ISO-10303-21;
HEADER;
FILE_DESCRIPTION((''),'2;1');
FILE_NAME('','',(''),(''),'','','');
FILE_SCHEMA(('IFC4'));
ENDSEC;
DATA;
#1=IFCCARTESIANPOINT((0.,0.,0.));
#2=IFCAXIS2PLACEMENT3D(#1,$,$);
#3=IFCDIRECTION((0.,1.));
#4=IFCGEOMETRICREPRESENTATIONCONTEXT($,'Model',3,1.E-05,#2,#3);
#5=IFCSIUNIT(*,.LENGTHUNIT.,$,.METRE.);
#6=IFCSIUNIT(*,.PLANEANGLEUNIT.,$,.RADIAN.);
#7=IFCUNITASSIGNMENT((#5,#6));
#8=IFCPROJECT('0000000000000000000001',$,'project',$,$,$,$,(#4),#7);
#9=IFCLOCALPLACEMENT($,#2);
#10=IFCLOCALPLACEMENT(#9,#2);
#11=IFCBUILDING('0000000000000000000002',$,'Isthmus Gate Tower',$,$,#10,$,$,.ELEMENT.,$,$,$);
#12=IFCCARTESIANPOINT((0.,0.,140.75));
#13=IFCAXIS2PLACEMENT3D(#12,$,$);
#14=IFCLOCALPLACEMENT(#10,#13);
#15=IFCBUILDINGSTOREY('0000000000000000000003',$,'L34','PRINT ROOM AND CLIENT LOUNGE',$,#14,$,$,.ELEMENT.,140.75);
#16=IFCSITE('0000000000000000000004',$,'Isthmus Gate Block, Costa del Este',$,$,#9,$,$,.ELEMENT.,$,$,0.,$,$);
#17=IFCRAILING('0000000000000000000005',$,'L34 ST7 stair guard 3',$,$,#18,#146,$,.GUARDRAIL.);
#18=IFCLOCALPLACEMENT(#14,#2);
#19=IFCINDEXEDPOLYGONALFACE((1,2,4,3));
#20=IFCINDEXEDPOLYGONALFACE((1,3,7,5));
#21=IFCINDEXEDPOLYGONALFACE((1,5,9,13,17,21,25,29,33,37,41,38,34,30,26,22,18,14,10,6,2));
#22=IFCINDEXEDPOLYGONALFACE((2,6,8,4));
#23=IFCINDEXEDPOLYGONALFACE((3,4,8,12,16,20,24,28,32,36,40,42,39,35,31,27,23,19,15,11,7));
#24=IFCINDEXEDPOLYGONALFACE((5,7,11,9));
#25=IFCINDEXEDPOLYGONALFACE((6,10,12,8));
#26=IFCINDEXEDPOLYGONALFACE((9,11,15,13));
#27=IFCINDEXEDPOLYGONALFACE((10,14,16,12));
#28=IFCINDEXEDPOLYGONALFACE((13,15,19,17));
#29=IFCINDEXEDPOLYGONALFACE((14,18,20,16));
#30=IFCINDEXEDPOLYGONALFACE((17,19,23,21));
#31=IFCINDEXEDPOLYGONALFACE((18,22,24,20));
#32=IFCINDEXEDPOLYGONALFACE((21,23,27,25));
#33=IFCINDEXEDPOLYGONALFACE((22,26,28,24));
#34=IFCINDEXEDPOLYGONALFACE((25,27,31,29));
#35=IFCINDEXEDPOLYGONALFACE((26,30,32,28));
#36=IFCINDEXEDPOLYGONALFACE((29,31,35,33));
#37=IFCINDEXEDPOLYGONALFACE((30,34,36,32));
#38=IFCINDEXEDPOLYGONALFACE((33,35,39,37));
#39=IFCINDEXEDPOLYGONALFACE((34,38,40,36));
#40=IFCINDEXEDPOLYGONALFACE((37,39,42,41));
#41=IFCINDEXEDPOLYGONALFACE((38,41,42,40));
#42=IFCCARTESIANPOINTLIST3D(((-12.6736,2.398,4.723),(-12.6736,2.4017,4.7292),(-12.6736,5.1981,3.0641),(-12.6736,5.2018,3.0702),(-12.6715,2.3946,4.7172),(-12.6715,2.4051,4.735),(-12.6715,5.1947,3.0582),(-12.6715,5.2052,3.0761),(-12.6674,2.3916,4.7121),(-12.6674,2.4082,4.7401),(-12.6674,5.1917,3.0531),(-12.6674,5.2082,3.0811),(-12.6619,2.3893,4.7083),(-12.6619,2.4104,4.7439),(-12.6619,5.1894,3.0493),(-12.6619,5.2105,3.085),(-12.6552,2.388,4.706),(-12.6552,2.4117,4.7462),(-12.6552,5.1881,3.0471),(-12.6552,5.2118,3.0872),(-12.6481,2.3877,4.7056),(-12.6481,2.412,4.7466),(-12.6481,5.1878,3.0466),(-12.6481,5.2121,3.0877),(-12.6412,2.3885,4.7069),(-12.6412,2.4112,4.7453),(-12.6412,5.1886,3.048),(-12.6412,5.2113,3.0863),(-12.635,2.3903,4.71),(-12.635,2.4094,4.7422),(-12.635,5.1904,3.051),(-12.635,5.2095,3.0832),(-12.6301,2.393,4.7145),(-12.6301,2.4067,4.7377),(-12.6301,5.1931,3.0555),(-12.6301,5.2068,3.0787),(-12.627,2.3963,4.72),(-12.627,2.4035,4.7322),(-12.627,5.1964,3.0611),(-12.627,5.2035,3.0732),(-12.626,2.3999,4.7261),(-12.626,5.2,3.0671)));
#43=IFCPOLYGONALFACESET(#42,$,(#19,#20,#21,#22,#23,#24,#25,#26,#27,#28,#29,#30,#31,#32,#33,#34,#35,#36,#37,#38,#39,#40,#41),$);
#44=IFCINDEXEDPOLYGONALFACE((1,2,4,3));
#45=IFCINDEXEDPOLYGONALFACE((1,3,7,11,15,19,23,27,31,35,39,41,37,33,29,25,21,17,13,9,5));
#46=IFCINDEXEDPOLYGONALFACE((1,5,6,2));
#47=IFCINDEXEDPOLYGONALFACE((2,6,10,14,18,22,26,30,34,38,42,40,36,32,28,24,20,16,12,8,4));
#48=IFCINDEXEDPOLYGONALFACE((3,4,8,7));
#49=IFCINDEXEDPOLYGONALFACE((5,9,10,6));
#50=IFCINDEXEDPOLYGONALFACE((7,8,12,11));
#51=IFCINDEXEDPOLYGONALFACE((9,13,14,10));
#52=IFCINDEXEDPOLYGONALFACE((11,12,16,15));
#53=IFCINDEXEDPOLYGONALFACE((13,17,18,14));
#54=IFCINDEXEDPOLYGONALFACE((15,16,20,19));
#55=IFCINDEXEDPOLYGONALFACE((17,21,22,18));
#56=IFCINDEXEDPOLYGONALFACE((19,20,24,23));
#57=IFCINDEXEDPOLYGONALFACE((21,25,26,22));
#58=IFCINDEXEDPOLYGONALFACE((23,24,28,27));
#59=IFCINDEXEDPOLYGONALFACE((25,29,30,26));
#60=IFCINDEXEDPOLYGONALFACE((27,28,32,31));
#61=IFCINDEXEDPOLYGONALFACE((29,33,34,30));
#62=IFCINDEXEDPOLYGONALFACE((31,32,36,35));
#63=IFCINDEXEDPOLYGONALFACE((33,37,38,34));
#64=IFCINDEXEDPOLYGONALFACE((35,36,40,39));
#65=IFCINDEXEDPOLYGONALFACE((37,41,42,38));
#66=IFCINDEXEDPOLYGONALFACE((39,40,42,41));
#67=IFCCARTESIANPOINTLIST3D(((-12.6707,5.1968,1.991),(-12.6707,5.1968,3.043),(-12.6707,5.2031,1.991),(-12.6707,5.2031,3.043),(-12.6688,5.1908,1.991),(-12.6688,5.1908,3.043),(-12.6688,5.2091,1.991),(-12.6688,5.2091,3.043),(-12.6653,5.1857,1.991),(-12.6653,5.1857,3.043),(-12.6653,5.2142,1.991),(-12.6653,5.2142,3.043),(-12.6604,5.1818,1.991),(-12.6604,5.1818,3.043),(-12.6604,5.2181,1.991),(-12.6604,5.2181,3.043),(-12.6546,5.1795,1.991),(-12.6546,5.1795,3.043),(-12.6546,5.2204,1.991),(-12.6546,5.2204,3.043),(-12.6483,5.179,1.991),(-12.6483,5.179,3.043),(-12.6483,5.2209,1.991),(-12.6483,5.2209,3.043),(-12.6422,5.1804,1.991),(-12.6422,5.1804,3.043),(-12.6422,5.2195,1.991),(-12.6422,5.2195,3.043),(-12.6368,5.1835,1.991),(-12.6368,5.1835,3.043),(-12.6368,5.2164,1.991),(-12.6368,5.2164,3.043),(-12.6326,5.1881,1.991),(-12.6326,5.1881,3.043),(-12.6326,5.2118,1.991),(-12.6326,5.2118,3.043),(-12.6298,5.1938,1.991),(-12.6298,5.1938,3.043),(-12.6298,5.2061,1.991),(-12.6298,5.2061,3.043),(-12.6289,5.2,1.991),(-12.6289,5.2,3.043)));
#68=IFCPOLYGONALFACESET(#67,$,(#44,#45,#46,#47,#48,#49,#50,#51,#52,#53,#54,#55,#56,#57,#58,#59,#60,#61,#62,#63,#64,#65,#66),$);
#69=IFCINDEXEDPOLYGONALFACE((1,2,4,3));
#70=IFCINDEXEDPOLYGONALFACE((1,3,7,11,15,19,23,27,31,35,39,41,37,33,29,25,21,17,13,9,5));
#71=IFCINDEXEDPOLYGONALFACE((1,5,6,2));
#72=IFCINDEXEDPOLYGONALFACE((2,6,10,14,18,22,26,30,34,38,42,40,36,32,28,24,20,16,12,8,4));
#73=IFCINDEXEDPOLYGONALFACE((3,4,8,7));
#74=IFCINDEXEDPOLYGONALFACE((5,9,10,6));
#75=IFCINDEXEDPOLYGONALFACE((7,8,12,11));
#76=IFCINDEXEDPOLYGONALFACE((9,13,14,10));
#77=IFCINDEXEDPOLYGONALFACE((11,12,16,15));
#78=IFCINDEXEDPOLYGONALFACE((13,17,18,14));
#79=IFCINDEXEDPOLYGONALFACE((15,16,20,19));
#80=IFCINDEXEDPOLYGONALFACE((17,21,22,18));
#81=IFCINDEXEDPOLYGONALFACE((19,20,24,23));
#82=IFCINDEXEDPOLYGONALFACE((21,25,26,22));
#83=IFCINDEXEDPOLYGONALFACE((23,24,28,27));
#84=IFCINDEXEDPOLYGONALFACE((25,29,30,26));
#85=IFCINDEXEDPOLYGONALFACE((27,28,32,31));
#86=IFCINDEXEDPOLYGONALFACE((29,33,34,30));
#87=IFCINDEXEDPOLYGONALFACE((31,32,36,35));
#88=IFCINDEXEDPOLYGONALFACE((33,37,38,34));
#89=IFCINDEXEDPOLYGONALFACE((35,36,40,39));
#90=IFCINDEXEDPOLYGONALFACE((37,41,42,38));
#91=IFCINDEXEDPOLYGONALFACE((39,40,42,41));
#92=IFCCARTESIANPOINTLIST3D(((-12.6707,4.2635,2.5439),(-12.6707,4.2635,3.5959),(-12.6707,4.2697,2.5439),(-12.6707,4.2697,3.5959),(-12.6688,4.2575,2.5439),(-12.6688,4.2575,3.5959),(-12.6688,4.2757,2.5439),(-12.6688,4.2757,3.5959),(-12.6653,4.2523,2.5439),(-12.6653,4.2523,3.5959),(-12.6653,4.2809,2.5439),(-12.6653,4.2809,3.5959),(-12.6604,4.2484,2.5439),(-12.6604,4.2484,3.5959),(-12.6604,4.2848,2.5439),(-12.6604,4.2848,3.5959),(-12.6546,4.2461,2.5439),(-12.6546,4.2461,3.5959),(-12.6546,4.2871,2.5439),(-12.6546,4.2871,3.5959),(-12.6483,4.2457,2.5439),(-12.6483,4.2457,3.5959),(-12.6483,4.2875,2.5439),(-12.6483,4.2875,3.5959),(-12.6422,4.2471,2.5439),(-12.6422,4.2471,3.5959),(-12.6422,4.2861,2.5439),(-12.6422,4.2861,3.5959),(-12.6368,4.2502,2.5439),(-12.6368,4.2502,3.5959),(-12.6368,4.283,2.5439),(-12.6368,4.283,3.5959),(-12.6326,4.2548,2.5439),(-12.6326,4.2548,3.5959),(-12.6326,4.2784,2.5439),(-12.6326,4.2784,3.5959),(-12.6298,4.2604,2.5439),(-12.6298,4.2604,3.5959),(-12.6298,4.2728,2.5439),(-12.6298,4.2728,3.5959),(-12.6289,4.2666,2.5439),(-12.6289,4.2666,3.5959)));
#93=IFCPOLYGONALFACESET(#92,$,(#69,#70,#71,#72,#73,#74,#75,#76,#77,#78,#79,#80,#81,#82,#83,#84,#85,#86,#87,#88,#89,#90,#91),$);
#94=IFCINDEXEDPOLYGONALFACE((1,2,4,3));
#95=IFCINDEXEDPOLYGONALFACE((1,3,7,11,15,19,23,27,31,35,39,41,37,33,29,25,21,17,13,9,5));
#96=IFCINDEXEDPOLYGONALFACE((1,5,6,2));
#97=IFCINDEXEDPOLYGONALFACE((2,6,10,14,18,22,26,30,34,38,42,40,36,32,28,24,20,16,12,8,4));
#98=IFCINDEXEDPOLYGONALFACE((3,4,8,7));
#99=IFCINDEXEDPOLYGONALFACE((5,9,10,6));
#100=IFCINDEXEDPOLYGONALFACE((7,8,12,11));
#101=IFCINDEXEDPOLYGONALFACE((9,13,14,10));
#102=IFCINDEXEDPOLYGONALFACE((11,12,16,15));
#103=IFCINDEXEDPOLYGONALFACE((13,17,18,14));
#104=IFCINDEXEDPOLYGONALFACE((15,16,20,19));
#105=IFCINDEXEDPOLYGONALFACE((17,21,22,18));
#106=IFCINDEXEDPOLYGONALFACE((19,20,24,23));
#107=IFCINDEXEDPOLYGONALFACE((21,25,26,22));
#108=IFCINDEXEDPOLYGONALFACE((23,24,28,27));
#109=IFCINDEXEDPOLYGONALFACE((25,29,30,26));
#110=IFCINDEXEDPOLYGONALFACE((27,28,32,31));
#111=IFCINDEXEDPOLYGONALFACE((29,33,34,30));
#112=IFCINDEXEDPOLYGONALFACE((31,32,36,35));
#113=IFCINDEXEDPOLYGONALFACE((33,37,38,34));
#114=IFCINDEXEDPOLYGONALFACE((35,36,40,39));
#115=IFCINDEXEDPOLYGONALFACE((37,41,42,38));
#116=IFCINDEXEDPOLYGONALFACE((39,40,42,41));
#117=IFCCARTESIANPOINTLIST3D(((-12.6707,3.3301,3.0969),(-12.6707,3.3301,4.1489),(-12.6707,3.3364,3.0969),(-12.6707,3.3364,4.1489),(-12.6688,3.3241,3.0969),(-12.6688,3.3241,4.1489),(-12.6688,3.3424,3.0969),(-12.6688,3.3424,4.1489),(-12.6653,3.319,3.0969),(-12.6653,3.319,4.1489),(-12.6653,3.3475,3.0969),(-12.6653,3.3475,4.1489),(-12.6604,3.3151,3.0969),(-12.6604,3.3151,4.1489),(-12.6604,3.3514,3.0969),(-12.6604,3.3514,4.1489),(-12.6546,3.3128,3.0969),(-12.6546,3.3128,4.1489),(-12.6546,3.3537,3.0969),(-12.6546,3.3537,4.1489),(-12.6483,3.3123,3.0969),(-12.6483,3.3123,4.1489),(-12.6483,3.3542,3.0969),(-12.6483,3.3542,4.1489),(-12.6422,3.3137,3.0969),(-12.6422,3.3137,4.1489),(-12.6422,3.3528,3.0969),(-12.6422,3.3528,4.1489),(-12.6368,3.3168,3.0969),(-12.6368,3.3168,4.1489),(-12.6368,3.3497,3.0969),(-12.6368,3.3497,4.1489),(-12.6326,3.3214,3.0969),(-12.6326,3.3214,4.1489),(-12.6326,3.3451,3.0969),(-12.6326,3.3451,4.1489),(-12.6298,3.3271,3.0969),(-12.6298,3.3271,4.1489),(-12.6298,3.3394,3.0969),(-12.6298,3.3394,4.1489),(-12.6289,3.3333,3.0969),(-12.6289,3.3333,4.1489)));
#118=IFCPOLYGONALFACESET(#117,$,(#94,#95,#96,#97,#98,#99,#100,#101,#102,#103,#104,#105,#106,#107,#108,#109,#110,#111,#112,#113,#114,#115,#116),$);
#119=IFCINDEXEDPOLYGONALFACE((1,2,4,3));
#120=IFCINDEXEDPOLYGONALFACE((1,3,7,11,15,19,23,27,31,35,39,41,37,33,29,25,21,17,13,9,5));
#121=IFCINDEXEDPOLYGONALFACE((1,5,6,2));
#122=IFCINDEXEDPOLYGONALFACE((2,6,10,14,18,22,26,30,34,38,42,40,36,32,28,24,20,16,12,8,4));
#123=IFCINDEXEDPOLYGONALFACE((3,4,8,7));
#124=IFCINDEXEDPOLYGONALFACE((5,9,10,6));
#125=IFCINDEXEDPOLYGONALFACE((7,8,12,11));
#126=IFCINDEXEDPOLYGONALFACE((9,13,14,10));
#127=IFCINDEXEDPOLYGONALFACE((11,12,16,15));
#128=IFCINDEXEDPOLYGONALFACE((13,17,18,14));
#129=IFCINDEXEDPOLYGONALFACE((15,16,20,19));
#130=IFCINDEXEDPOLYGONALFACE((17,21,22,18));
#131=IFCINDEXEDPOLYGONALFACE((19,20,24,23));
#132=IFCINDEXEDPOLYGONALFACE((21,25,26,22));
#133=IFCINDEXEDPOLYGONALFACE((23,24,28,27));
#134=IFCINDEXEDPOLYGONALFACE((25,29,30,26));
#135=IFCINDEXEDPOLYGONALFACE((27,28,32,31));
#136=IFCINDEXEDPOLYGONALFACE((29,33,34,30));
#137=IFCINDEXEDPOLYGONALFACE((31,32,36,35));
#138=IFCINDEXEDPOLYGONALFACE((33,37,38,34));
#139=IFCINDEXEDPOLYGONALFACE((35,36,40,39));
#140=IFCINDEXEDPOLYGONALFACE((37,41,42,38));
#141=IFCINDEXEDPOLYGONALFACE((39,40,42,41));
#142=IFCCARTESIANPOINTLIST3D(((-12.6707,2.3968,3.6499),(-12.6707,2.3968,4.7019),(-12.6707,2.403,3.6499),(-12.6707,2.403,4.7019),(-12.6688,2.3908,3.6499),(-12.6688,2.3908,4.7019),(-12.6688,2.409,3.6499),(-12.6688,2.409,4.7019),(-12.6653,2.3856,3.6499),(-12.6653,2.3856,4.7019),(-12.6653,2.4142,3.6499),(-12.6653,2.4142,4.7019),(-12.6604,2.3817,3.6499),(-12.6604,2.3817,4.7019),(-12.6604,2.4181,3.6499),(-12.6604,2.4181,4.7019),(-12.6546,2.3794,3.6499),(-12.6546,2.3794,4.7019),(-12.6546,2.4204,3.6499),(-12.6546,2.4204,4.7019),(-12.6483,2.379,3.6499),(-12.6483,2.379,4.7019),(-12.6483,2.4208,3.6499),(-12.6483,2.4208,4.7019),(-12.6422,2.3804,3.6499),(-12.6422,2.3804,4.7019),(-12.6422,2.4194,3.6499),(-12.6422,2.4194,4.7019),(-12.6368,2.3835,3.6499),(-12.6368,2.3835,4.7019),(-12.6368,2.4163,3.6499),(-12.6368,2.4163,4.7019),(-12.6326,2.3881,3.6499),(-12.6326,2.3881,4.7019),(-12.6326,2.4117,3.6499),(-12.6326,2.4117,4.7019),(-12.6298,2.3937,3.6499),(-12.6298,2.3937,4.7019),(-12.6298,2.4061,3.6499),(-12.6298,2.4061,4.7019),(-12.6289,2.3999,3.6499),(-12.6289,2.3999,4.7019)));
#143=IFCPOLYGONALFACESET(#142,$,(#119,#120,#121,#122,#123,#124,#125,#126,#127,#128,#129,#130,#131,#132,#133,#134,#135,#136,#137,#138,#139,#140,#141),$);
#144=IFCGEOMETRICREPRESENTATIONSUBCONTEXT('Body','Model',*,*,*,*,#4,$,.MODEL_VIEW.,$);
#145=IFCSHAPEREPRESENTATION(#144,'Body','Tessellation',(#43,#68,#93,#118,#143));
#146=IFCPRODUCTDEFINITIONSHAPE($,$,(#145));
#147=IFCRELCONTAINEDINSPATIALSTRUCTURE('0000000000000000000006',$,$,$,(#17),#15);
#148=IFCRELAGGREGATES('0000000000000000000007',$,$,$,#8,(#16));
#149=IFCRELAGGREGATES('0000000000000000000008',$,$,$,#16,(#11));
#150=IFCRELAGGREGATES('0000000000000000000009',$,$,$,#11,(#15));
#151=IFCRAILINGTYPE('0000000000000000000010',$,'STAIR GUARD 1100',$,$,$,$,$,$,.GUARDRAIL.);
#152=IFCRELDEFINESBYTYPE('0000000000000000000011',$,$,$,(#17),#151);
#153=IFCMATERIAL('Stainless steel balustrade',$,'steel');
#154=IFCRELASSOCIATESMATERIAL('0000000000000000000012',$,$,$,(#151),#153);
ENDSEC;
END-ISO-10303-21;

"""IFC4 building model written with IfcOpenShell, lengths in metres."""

from ifc_helpers import new_model, si_unit, direction, frame, origin, origin_2d, place, context, subcontext, project, spatial, circle, extrude, material, type_object, element, save


model = new_model("IFC4")

# Units and contexts
model_context = context("Model", 3, precision=1e-05, world=origin(), true_north=direction((0.0, 1.0)))
body_context = subcontext(model_context, "Body", "Model", "MODEL_VIEW")
ifc_project = project(units=[si_unit("LENGTHUNIT", "METRE"), si_unit("PLANEANGLEUNIT", "RADIAN")], contexts=[model_context])

# Site, building, storey
site_placement = place(None, origin())
site = spatial("IfcSite", under=ifc_project, at=site_placement, Name="Isthmus Gate Block, Costa del Este", CompositionType="ELEMENT", RefElevation=0.0)
building_placement = place(site_placement, origin())
building = spatial("IfcBuilding", under=site, at=building_placement, Name="Isthmus Gate Tower", CompositionType="ELEMENT")
storey_placement = place(building_placement, frame((0.0, 0.0, 140.75)))
storey = spatial("IfcBuildingStorey", under=building, at=storey_placement, Name="L34", Description="PRINT ROOM AND CLIENT LOUNGE", CompositionType="ELEMENT", Elevation=140.75)

# Railing
ifc_material_1 = material(Name="Stainless steel balustrade", Category="steel")
railing_type_1 = type_object("IfcRailingType", Name="STAIR GUARD 1100", PredefinedType="GUARDRAIL", material=ifc_material_1)
railing_1_placement = place(storey_placement, frame((-12.6499, 5.2, 1.991)))
element("IfcRailing", 1, at=railing_1_placement, inside=storey, type_object=railing_type_1, Name="L34 ST7 stair guard 3", PredefinedType="GUARDRAIL", context=body_context, shape_type="SweptSolid", body=[
    extrude(circle(Radius=0.0239, at=origin_2d()), frame((0.0, 0.0, 1.0762), z_axis=(0.0, -0.860339, 0.509722), x_axis=(1.0, 0.0, 0.0)), (0.0, 0.0, 1.0), 3.2546),
    extrude(circle(Radius=0.021, at=origin_2d()), origin(), (0.0, 0.0, 1.0), 1.052),
    extrude(circle(Radius=0.021, at=origin_2d()), frame((0.0, -0.9333, 0.553)), (0.0, 0.0, 1.0), 1.052),
    extrude(circle(Radius=0.021, at=origin_2d()), frame((0.0, -1.8667, 1.106)), (0.0, 0.0, 1.0), 1.052),
    extrude(circle(Radius=0.021, at=origin_2d()), frame((0.0, -2.8, 1.6589)), (0.0, 0.0, 1.0), 1.052),
])

save(model, "model.ifc")
